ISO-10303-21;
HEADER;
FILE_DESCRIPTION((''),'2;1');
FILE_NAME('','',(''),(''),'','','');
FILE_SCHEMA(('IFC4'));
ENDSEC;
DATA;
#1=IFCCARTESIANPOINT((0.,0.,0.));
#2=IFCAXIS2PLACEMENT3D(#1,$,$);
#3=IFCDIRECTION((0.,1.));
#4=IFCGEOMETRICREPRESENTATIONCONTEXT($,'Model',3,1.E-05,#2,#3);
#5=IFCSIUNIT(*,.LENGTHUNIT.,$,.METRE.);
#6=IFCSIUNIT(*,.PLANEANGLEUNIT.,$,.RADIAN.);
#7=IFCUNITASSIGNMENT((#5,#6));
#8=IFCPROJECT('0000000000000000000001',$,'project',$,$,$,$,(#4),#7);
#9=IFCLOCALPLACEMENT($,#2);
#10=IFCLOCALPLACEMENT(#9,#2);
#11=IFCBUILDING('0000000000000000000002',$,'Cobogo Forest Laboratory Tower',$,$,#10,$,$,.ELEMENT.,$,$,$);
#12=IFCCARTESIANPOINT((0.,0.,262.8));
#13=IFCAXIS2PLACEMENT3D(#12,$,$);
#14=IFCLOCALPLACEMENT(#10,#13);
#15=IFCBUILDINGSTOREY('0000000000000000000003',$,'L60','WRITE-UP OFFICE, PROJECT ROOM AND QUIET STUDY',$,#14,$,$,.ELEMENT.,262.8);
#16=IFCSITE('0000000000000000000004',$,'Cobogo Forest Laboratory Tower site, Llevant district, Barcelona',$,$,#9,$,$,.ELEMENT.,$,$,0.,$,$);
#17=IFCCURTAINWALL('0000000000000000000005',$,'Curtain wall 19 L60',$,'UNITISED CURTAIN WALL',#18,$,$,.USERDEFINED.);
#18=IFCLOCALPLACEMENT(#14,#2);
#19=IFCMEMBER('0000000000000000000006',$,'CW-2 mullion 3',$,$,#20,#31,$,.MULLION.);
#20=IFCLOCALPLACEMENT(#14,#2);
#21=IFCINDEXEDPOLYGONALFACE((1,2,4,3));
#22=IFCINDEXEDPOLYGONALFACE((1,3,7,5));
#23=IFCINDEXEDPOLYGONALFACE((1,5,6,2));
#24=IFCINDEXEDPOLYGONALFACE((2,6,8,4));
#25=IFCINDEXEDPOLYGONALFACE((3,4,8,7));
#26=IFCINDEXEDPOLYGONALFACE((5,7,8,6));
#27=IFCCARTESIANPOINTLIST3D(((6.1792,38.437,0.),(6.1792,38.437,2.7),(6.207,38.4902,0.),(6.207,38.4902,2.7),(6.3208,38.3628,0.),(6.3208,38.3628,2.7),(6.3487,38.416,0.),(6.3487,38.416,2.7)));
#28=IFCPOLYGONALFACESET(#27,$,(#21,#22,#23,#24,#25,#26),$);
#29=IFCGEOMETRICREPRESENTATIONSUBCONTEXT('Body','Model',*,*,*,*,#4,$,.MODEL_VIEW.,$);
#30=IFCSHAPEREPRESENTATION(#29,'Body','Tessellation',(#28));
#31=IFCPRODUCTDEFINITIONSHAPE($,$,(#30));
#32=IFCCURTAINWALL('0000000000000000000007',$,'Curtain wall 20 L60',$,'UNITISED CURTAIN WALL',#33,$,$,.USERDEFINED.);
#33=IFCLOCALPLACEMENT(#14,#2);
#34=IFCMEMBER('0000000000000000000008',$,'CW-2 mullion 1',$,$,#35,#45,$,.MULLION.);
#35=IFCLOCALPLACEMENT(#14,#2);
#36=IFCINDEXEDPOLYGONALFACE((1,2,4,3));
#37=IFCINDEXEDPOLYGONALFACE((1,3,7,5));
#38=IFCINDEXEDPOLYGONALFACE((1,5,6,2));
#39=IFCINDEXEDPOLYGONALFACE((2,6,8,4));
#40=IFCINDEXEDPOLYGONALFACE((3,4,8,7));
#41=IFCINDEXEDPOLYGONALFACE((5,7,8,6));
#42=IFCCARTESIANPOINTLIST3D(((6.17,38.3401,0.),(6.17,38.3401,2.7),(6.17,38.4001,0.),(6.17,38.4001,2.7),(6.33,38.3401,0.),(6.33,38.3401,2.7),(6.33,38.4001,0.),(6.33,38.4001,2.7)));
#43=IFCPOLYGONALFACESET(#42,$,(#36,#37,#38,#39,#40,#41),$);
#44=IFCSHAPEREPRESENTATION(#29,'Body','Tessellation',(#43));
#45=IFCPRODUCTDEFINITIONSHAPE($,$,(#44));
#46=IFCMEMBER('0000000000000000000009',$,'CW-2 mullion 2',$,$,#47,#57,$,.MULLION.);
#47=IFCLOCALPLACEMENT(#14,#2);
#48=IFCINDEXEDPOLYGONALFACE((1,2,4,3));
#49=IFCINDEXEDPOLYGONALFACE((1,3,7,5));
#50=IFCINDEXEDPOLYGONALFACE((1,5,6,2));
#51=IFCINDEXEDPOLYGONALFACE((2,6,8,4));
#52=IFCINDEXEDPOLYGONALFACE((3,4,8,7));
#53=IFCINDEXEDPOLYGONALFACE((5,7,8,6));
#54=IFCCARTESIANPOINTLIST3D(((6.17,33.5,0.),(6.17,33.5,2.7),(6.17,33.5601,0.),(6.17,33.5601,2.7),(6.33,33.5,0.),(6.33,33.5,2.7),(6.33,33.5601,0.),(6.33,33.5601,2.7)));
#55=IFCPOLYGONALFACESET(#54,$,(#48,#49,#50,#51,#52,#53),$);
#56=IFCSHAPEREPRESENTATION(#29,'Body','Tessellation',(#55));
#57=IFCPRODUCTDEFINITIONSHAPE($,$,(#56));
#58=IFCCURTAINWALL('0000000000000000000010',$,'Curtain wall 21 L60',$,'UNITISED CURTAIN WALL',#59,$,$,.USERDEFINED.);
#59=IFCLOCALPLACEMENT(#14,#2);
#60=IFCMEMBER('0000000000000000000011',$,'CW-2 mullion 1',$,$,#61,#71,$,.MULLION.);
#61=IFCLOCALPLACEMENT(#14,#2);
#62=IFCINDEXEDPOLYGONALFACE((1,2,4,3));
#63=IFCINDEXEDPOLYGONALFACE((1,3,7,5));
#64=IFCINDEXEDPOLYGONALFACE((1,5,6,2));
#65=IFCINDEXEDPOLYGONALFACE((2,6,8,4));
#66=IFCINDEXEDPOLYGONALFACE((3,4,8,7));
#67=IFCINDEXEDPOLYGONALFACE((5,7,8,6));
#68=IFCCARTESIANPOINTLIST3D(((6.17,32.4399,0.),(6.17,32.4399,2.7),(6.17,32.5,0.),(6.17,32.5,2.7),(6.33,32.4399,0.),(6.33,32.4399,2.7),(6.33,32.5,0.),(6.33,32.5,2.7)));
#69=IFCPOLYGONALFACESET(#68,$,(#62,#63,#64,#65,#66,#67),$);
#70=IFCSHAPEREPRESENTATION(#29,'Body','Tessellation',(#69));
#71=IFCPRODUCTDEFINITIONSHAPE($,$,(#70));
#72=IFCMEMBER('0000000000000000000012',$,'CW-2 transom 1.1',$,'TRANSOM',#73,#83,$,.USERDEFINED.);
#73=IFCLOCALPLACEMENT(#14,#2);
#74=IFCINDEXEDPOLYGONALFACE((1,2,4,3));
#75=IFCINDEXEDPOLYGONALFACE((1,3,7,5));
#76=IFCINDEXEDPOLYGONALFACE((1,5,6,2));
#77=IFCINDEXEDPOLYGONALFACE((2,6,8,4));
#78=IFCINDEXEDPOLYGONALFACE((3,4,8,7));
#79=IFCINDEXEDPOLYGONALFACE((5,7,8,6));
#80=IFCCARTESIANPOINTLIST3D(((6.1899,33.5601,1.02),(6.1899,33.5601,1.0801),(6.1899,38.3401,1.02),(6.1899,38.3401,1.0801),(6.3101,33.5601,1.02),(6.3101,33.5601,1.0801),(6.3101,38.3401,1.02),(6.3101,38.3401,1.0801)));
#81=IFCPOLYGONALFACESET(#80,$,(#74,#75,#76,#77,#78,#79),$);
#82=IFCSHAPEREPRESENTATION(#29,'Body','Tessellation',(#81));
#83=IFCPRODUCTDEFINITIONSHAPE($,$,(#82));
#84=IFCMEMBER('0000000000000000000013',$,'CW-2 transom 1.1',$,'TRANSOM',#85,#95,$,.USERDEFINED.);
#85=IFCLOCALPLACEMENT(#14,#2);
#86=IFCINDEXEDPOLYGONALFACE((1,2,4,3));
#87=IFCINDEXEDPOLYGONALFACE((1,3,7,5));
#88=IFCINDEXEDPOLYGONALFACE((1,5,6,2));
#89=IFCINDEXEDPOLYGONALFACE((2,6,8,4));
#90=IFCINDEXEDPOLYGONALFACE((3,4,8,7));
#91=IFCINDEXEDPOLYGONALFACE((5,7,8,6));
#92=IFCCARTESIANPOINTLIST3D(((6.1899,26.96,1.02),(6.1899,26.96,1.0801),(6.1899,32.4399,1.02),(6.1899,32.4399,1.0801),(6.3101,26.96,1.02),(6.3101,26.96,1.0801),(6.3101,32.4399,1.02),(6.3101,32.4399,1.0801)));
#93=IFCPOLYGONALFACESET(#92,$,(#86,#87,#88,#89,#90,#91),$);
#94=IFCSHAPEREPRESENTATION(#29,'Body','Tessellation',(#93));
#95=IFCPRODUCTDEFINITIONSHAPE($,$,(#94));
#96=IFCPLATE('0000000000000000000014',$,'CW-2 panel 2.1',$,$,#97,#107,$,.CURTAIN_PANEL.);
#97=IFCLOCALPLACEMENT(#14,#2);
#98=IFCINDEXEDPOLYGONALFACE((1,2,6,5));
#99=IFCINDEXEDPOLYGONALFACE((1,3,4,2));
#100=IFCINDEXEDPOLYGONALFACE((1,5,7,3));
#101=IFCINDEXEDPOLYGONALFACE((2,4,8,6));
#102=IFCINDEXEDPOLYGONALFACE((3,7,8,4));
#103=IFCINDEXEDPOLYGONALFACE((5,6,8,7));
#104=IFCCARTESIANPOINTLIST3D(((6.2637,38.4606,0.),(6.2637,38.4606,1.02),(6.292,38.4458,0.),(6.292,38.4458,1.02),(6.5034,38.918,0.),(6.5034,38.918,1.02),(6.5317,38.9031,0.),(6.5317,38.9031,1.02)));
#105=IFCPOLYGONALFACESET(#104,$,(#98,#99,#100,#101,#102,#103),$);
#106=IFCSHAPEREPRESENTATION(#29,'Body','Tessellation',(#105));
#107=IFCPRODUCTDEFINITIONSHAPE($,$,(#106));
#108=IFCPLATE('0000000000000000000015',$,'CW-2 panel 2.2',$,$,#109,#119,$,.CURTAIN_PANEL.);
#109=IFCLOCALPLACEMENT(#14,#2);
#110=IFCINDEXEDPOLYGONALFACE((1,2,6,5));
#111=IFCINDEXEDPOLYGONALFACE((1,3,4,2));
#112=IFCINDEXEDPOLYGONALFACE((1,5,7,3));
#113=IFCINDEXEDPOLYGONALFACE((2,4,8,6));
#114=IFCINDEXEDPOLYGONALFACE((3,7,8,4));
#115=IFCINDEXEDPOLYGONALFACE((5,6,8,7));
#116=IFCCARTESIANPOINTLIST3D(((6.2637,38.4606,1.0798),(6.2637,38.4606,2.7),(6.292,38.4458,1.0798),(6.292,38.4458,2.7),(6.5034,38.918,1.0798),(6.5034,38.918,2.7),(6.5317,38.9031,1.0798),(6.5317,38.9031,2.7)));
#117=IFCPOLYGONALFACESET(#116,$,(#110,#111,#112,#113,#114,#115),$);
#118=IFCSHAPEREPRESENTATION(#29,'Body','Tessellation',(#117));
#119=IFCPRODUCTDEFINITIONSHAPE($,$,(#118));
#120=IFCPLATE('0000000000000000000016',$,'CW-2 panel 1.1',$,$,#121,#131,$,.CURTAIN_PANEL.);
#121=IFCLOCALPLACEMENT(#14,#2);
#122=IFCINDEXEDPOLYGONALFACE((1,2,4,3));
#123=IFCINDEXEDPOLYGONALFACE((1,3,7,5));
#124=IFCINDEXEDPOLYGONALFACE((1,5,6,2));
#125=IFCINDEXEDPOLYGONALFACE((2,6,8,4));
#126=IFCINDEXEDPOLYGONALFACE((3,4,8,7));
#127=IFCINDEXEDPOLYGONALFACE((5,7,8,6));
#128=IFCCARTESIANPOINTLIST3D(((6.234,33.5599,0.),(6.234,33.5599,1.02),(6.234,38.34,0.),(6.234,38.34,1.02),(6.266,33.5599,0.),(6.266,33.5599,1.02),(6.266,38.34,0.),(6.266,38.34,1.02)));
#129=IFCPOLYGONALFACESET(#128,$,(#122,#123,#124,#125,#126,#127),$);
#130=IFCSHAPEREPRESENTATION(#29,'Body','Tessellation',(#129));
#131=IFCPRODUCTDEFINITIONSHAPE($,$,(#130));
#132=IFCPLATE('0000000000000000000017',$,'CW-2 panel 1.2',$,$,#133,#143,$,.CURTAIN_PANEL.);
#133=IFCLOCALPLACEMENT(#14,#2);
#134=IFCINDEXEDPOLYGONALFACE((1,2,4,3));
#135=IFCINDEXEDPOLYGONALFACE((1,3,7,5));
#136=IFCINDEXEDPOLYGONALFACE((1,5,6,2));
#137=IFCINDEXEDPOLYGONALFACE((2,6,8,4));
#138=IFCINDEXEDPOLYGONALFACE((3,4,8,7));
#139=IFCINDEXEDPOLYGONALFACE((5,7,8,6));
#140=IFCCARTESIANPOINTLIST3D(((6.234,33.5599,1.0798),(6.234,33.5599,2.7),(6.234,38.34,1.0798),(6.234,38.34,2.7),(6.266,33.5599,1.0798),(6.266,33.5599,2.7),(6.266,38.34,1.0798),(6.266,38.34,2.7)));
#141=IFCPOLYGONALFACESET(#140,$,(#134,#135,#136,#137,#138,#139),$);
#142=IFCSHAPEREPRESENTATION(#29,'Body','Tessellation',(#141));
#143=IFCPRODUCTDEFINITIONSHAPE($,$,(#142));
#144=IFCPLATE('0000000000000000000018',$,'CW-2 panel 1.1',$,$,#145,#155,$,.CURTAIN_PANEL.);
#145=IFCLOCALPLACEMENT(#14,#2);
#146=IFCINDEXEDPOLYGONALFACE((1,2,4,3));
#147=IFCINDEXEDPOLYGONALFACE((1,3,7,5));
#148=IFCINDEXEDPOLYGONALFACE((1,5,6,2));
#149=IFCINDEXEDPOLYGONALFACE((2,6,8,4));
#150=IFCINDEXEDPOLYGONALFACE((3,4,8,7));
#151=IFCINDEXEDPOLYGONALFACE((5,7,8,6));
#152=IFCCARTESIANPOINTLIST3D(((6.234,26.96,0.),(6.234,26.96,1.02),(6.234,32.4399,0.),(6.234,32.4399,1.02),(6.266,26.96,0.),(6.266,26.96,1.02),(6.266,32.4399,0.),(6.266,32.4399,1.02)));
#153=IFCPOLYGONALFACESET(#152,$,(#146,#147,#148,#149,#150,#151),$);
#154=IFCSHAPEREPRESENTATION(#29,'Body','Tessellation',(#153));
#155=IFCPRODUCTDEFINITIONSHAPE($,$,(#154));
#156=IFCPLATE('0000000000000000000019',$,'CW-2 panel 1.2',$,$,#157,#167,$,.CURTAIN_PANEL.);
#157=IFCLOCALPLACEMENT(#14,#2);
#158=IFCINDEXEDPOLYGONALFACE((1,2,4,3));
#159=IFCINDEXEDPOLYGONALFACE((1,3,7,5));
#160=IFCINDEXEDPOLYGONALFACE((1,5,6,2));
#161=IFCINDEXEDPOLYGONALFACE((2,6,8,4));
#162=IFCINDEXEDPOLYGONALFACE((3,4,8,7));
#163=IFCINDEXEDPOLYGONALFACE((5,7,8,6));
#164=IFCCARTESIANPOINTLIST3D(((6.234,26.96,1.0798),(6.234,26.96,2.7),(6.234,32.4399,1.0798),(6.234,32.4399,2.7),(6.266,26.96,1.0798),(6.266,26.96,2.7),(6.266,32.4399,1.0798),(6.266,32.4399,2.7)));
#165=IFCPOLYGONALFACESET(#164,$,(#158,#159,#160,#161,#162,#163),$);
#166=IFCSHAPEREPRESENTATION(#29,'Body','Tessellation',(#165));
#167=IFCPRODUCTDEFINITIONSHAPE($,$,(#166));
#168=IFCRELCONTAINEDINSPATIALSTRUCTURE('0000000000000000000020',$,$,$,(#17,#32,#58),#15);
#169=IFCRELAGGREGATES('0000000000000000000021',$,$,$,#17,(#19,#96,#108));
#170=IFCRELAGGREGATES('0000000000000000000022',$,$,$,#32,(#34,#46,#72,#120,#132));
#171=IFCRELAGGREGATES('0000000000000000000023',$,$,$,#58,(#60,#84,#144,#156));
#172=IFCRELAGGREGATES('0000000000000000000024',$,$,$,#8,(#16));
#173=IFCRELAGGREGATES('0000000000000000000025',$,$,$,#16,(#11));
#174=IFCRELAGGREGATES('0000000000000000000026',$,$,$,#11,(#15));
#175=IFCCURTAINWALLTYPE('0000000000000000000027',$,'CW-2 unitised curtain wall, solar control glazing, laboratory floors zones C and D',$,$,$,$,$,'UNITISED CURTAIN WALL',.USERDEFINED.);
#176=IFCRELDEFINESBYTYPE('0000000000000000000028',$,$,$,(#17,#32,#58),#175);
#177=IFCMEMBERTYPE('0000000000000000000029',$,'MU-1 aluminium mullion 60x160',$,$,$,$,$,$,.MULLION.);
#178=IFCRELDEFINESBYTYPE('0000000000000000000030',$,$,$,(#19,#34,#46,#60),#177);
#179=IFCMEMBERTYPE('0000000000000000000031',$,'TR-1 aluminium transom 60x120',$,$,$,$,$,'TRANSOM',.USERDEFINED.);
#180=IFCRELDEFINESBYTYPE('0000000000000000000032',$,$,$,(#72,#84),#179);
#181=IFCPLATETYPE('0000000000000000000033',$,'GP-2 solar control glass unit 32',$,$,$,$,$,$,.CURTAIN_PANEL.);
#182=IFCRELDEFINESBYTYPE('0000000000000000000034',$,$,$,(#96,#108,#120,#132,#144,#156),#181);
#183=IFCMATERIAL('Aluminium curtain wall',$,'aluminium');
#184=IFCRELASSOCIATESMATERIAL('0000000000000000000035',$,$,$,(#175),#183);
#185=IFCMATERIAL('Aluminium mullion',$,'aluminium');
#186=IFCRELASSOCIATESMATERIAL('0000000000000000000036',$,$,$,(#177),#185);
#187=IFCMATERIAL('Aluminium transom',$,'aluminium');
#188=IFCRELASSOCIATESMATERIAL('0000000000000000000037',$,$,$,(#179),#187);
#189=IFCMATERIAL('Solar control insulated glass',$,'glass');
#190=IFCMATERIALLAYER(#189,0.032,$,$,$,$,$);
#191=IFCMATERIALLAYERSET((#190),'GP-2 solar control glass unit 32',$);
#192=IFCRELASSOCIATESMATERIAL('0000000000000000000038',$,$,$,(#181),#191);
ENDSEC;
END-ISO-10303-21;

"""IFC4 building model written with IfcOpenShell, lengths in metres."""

from ifc_helpers import new_model, si_unit, direction, frame, origin, origin_2d, place, context, subcontext, project, spatial, rectangle, extrude, material, layer, layer_set, material_profile, profile_set, type_object, element, aggregate, save


model = new_model("IFC4")

# Units and contexts
model_context = context("Model", 3, precision=1e-05, world=origin(), true_north=direction((0.0, 1.0)))
body_context = subcontext(model_context, "Body", "Model", "MODEL_VIEW")
ifc_project = project(units=[si_unit("LENGTHUNIT", "METRE"), si_unit("PLANEANGLEUNIT", "RADIAN")], contexts=[model_context])

# Site, building, storey
site_placement = place(None, origin())
site = spatial("IfcSite", under=ifc_project, at=site_placement, Name="Cobogo Forest Laboratory Tower site, Llevant district, Barcelona", CompositionType="ELEMENT", RefElevation=0.0)
building_placement = place(site_placement, origin())
building = spatial("IfcBuilding", under=site, at=building_placement, Name="Cobogo Forest Laboratory Tower", CompositionType="ELEMENT")
storey_placement = place(building_placement, frame((0.0, 0.0, 262.8)))
storey = spatial("IfcBuildingStorey", under=building, at=storey_placement, Name="L60", Description="WRITE-UP OFFICE, PROJECT ROOM AND QUIET STUDY", CompositionType="ELEMENT", Elevation=262.8)

# Curtain wall, member
ifc_material_1 = material(Name="Aluminium curtain wall", Category="aluminium")
curtain_wall_type = type_object("IfcCurtainWallType", Name="CW-2 unitised curtain wall, solar control glazing, laboratory floors zones C and D", ElementType="UNITISED CURTAIN WALL", PredefinedType="USERDEFINED", material=ifc_material_1)
curtain_wall_1_placement = place(storey_placement, origin())
curtain_wall_1 = element("IfcCurtainWall", 1, at=curtain_wall_1_placement, inside=storey, type_object=curtain_wall_type, Name="Curtain wall 19 L60", ObjectType="UNITISED CURTAIN WALL", PredefinedType="USERDEFINED")
ifc_material_2 = material(Name="Aluminium mullion", Category="aluminium")
ifc_material_profile_1 = material_profile(ifc_material_2, rectangle(XDim=0.0601, YDim=0.1599, at=origin_2d()), Name="AL 60x160")
ifc_profile_set_1 = profile_set([ifc_material_profile_1], Name="Aluminium mullion")
member_type_1 = type_object("IfcMemberType", Name="MU-1 aluminium mullion 60x160", PredefinedType="MULLION", material=ifc_profile_set_1)
member_1_placement = place(storey_placement, frame((6.2639, 38.4265, 0.0), z_axis=(0.0, 0.0, 1.0), x_axis=(-0.464284, -0.885686, 0.0)))
member_1 = element("IfcMember", 2, at=member_1_placement, type_object=member_type_1, Name="CW-2 mullion 3", PredefinedType="MULLION", context=body_context, shape_type="SweptSolid", body=[
    extrude(rectangle(XDim=0.0601, YDim=0.1599, at=origin_2d()), origin(), (0.0, 0.0, 1.0), 2.7),
])

# Curtain wall, members
curtain_wall_2_placement = place(storey_placement, origin())
curtain_wall_2 = element("IfcCurtainWall", 3, at=curtain_wall_2_placement, inside=storey, type_object=curtain_wall_type, Name="Curtain wall 20 L60", ObjectType="UNITISED CURTAIN WALL", PredefinedType="USERDEFINED")
member_2_placement = place(storey_placement, frame((6.25, 38.3701, 0.0), z_axis=(0.0, 0.0, 1.0), x_axis=(0.0, -1.0, 0.0)))
member_2 = element("IfcMember", 4, at=member_2_placement, type_object=member_type_1, Name="CW-2 mullion 1", PredefinedType="MULLION", context=body_context, shape_type="SweptSolid", body=[
    extrude(rectangle(XDim=0.0601, YDim=0.1599, at=origin_2d()), origin(), (0.0, 0.0, 1.0), 2.7),
])
member_3_placement = place(storey_placement, frame((6.25, 33.53, 0.0), z_axis=(0.0, 0.0, 1.0), x_axis=(0.0, -1.0, 0.0)))
member_3 = element("IfcMember", 5, at=member_3_placement, type_object=member_type_1, Name="CW-2 mullion 2", PredefinedType="MULLION", context=body_context, shape_type="SweptSolid", body=[
    extrude(rectangle(XDim=0.0601, YDim=0.1599, at=origin_2d()), origin(), (0.0, 0.0, 1.0), 2.7),
])

# Curtain wall, member
curtain_wall_3_placement = place(storey_placement, origin())
curtain_wall_3 = element("IfcCurtainWall", 6, at=curtain_wall_3_placement, inside=storey, type_object=curtain_wall_type, Name="Curtain wall 21 L60", ObjectType="UNITISED CURTAIN WALL", PredefinedType="USERDEFINED")
member_4_placement = place(storey_placement, frame((6.25, 32.47, 0.0), z_axis=(0.0, 0.0, 1.0), x_axis=(0.0, -1.0, 0.0)))
member_4 = element("IfcMember", 7, at=member_4_placement, type_object=member_type_1, Name="CW-2 mullion 1", PredefinedType="MULLION", context=body_context, shape_type="SweptSolid", body=[
    extrude(rectangle(XDim=0.0601, YDim=0.1599, at=origin_2d()), origin(), (0.0, 0.0, 1.0), 2.7),
])

# Members
ifc_material_3 = material(Name="Aluminium transom", Category="aluminium")
ifc_material_profile_2 = material_profile(ifc_material_3, rectangle(XDim=0.1201, YDim=0.0601, at=origin_2d()), Name="AL 60x120")
ifc_profile_set_2 = profile_set([ifc_material_profile_2], Name="Aluminium transom")
member_type_2 = type_object("IfcMemberType", Name="TR-1 aluminium transom 60x120", ElementType="TRANSOM", PredefinedType="USERDEFINED", material=ifc_profile_set_2)
member_5_placement = place(storey_placement, frame((6.25, 38.3401, 1.05), z_axis=(0.0, -1.0, 0.0), x_axis=(1.0, 0.0, 0.0)))
member_5 = element("IfcMember", 8, at=member_5_placement, type_object=member_type_2, Name="CW-2 transom 1.1", ObjectType="TRANSOM", PredefinedType="USERDEFINED", context=body_context, shape_type="SweptSolid", body=[
    extrude(rectangle(XDim=0.1201, YDim=0.0601, at=origin_2d()), origin(), (0.0, 0.0, 1.0), 4.78),
])
member_6_placement = place(storey_placement, frame((6.25, 32.4399, 1.05), z_axis=(0.0, -1.0, 0.0), x_axis=(1.0, 0.0, 0.0)))
member_6 = element("IfcMember", 9, at=member_6_placement, type_object=member_type_2, Name="CW-2 transom 1.1", ObjectType="TRANSOM", PredefinedType="USERDEFINED", context=body_context, shape_type="SweptSolid", body=[
    extrude(rectangle(XDim=0.1201, YDim=0.0601, at=origin_2d()), origin(), (0.0, 0.0, 1.0), 5.48),
])

# Plates
ifc_material_4 = material(Name="Solar control insulated glass", Category="glass")
ifc_layer = layer(ifc_material_4, 0.032)
ifc_layer_set = layer_set([ifc_layer], Name="GP-2 solar control glass unit 32")
plate_type = type_object("IfcPlateType", Name="GP-2 solar control glass unit 32", PredefinedType="CURTAIN_PANEL", material=ifc_layer_set)
plate_1_placement = place(storey_placement, frame((6.3977, 38.6819, 0.0), z_axis=(0.0, 0.0, 1.0), x_axis=(-0.464284, -0.885686, 0.0)))
plate_1 = element("IfcPlate", 10, at=plate_1_placement, type_object=plate_type, Name="CW-2 panel 2.1", PredefinedType="CURTAIN_PANEL", context=body_context, shape_type="SweptSolid", body=[
    extrude(rectangle(XDim=0.5164, YDim=0.032, at=origin_2d()), origin(), (0.0, 0.0, 1.0), 1.02),
])
plate_2_placement = place(storey_placement, frame((6.3977, 38.6819, 1.0798), z_axis=(0.0, 0.0, 1.0), x_axis=(-0.464284, -0.885686, 0.0)))
plate_2 = element("IfcPlate", 11, at=plate_2_placement, type_object=plate_type, Name="CW-2 panel 2.2", PredefinedType="CURTAIN_PANEL", context=body_context, shape_type="SweptSolid", body=[
    extrude(rectangle(XDim=0.5164, YDim=0.032, at=origin_2d()), origin(), (0.0, 0.0, 1.0), 1.6201),
])
aggregate(curtain_wall_1, [member_1, plate_1, plate_2])
plate_3_placement = place(storey_placement, frame((6.25, 35.95, 0.0), z_axis=(0.0, 0.0, 1.0), x_axis=(0.0, -1.0, 0.0)))
plate_3 = element("IfcPlate", 12, at=plate_3_placement, type_object=plate_type, Name="CW-2 panel 1.1", PredefinedType="CURTAIN_PANEL", context=body_context, shape_type="SweptSolid", body=[
    extrude(rectangle(XDim=4.78, YDim=0.032, at=origin_2d()), origin(), (0.0, 0.0, 1.0), 1.02),
])
plate_4_placement = place(storey_placement, frame((6.25, 35.95, 1.0798), z_axis=(0.0, 0.0, 1.0), x_axis=(0.0, -1.0, 0.0)))
plate_4 = element("IfcPlate", 13, at=plate_4_placement, type_object=plate_type, Name="CW-2 panel 1.2", PredefinedType="CURTAIN_PANEL", context=body_context, shape_type="SweptSolid", body=[
    extrude(rectangle(XDim=4.78, YDim=0.032, at=origin_2d()), origin(), (0.0, 0.0, 1.0), 1.6201),
])
aggregate(curtain_wall_2, [member_2, member_3, member_5, plate_3, plate_4])
plate_5_placement = place(storey_placement, frame((6.25, 29.7, 0.0), z_axis=(0.0, 0.0, 1.0), x_axis=(0.0, -1.0, 0.0)))
plate_5 = element("IfcPlate", 14, at=plate_5_placement, type_object=plate_type, Name="CW-2 panel 1.1", PredefinedType="CURTAIN_PANEL", context=body_context, shape_type="SweptSolid", body=[
    extrude(rectangle(XDim=5.48, YDim=0.032, at=origin_2d()), origin(), (0.0, 0.0, 1.0), 1.02),
])
plate_6_placement = place(storey_placement, frame((6.25, 29.7, 1.0798), z_axis=(0.0, 0.0, 1.0), x_axis=(0.0, -1.0, 0.0)))
plate_6 = element("IfcPlate", 15, at=plate_6_placement, type_object=plate_type, Name="CW-2 panel 1.2", PredefinedType="CURTAIN_PANEL", context=body_context, shape_type="SweptSolid", body=[
    extrude(rectangle(XDim=5.48, YDim=0.032, at=origin_2d()), origin(), (0.0, 0.0, 1.0), 1.6201),
])
aggregate(curtain_wall_3, [member_4, member_6, plate_5, plate_6])

save(model, "model.ifc")
